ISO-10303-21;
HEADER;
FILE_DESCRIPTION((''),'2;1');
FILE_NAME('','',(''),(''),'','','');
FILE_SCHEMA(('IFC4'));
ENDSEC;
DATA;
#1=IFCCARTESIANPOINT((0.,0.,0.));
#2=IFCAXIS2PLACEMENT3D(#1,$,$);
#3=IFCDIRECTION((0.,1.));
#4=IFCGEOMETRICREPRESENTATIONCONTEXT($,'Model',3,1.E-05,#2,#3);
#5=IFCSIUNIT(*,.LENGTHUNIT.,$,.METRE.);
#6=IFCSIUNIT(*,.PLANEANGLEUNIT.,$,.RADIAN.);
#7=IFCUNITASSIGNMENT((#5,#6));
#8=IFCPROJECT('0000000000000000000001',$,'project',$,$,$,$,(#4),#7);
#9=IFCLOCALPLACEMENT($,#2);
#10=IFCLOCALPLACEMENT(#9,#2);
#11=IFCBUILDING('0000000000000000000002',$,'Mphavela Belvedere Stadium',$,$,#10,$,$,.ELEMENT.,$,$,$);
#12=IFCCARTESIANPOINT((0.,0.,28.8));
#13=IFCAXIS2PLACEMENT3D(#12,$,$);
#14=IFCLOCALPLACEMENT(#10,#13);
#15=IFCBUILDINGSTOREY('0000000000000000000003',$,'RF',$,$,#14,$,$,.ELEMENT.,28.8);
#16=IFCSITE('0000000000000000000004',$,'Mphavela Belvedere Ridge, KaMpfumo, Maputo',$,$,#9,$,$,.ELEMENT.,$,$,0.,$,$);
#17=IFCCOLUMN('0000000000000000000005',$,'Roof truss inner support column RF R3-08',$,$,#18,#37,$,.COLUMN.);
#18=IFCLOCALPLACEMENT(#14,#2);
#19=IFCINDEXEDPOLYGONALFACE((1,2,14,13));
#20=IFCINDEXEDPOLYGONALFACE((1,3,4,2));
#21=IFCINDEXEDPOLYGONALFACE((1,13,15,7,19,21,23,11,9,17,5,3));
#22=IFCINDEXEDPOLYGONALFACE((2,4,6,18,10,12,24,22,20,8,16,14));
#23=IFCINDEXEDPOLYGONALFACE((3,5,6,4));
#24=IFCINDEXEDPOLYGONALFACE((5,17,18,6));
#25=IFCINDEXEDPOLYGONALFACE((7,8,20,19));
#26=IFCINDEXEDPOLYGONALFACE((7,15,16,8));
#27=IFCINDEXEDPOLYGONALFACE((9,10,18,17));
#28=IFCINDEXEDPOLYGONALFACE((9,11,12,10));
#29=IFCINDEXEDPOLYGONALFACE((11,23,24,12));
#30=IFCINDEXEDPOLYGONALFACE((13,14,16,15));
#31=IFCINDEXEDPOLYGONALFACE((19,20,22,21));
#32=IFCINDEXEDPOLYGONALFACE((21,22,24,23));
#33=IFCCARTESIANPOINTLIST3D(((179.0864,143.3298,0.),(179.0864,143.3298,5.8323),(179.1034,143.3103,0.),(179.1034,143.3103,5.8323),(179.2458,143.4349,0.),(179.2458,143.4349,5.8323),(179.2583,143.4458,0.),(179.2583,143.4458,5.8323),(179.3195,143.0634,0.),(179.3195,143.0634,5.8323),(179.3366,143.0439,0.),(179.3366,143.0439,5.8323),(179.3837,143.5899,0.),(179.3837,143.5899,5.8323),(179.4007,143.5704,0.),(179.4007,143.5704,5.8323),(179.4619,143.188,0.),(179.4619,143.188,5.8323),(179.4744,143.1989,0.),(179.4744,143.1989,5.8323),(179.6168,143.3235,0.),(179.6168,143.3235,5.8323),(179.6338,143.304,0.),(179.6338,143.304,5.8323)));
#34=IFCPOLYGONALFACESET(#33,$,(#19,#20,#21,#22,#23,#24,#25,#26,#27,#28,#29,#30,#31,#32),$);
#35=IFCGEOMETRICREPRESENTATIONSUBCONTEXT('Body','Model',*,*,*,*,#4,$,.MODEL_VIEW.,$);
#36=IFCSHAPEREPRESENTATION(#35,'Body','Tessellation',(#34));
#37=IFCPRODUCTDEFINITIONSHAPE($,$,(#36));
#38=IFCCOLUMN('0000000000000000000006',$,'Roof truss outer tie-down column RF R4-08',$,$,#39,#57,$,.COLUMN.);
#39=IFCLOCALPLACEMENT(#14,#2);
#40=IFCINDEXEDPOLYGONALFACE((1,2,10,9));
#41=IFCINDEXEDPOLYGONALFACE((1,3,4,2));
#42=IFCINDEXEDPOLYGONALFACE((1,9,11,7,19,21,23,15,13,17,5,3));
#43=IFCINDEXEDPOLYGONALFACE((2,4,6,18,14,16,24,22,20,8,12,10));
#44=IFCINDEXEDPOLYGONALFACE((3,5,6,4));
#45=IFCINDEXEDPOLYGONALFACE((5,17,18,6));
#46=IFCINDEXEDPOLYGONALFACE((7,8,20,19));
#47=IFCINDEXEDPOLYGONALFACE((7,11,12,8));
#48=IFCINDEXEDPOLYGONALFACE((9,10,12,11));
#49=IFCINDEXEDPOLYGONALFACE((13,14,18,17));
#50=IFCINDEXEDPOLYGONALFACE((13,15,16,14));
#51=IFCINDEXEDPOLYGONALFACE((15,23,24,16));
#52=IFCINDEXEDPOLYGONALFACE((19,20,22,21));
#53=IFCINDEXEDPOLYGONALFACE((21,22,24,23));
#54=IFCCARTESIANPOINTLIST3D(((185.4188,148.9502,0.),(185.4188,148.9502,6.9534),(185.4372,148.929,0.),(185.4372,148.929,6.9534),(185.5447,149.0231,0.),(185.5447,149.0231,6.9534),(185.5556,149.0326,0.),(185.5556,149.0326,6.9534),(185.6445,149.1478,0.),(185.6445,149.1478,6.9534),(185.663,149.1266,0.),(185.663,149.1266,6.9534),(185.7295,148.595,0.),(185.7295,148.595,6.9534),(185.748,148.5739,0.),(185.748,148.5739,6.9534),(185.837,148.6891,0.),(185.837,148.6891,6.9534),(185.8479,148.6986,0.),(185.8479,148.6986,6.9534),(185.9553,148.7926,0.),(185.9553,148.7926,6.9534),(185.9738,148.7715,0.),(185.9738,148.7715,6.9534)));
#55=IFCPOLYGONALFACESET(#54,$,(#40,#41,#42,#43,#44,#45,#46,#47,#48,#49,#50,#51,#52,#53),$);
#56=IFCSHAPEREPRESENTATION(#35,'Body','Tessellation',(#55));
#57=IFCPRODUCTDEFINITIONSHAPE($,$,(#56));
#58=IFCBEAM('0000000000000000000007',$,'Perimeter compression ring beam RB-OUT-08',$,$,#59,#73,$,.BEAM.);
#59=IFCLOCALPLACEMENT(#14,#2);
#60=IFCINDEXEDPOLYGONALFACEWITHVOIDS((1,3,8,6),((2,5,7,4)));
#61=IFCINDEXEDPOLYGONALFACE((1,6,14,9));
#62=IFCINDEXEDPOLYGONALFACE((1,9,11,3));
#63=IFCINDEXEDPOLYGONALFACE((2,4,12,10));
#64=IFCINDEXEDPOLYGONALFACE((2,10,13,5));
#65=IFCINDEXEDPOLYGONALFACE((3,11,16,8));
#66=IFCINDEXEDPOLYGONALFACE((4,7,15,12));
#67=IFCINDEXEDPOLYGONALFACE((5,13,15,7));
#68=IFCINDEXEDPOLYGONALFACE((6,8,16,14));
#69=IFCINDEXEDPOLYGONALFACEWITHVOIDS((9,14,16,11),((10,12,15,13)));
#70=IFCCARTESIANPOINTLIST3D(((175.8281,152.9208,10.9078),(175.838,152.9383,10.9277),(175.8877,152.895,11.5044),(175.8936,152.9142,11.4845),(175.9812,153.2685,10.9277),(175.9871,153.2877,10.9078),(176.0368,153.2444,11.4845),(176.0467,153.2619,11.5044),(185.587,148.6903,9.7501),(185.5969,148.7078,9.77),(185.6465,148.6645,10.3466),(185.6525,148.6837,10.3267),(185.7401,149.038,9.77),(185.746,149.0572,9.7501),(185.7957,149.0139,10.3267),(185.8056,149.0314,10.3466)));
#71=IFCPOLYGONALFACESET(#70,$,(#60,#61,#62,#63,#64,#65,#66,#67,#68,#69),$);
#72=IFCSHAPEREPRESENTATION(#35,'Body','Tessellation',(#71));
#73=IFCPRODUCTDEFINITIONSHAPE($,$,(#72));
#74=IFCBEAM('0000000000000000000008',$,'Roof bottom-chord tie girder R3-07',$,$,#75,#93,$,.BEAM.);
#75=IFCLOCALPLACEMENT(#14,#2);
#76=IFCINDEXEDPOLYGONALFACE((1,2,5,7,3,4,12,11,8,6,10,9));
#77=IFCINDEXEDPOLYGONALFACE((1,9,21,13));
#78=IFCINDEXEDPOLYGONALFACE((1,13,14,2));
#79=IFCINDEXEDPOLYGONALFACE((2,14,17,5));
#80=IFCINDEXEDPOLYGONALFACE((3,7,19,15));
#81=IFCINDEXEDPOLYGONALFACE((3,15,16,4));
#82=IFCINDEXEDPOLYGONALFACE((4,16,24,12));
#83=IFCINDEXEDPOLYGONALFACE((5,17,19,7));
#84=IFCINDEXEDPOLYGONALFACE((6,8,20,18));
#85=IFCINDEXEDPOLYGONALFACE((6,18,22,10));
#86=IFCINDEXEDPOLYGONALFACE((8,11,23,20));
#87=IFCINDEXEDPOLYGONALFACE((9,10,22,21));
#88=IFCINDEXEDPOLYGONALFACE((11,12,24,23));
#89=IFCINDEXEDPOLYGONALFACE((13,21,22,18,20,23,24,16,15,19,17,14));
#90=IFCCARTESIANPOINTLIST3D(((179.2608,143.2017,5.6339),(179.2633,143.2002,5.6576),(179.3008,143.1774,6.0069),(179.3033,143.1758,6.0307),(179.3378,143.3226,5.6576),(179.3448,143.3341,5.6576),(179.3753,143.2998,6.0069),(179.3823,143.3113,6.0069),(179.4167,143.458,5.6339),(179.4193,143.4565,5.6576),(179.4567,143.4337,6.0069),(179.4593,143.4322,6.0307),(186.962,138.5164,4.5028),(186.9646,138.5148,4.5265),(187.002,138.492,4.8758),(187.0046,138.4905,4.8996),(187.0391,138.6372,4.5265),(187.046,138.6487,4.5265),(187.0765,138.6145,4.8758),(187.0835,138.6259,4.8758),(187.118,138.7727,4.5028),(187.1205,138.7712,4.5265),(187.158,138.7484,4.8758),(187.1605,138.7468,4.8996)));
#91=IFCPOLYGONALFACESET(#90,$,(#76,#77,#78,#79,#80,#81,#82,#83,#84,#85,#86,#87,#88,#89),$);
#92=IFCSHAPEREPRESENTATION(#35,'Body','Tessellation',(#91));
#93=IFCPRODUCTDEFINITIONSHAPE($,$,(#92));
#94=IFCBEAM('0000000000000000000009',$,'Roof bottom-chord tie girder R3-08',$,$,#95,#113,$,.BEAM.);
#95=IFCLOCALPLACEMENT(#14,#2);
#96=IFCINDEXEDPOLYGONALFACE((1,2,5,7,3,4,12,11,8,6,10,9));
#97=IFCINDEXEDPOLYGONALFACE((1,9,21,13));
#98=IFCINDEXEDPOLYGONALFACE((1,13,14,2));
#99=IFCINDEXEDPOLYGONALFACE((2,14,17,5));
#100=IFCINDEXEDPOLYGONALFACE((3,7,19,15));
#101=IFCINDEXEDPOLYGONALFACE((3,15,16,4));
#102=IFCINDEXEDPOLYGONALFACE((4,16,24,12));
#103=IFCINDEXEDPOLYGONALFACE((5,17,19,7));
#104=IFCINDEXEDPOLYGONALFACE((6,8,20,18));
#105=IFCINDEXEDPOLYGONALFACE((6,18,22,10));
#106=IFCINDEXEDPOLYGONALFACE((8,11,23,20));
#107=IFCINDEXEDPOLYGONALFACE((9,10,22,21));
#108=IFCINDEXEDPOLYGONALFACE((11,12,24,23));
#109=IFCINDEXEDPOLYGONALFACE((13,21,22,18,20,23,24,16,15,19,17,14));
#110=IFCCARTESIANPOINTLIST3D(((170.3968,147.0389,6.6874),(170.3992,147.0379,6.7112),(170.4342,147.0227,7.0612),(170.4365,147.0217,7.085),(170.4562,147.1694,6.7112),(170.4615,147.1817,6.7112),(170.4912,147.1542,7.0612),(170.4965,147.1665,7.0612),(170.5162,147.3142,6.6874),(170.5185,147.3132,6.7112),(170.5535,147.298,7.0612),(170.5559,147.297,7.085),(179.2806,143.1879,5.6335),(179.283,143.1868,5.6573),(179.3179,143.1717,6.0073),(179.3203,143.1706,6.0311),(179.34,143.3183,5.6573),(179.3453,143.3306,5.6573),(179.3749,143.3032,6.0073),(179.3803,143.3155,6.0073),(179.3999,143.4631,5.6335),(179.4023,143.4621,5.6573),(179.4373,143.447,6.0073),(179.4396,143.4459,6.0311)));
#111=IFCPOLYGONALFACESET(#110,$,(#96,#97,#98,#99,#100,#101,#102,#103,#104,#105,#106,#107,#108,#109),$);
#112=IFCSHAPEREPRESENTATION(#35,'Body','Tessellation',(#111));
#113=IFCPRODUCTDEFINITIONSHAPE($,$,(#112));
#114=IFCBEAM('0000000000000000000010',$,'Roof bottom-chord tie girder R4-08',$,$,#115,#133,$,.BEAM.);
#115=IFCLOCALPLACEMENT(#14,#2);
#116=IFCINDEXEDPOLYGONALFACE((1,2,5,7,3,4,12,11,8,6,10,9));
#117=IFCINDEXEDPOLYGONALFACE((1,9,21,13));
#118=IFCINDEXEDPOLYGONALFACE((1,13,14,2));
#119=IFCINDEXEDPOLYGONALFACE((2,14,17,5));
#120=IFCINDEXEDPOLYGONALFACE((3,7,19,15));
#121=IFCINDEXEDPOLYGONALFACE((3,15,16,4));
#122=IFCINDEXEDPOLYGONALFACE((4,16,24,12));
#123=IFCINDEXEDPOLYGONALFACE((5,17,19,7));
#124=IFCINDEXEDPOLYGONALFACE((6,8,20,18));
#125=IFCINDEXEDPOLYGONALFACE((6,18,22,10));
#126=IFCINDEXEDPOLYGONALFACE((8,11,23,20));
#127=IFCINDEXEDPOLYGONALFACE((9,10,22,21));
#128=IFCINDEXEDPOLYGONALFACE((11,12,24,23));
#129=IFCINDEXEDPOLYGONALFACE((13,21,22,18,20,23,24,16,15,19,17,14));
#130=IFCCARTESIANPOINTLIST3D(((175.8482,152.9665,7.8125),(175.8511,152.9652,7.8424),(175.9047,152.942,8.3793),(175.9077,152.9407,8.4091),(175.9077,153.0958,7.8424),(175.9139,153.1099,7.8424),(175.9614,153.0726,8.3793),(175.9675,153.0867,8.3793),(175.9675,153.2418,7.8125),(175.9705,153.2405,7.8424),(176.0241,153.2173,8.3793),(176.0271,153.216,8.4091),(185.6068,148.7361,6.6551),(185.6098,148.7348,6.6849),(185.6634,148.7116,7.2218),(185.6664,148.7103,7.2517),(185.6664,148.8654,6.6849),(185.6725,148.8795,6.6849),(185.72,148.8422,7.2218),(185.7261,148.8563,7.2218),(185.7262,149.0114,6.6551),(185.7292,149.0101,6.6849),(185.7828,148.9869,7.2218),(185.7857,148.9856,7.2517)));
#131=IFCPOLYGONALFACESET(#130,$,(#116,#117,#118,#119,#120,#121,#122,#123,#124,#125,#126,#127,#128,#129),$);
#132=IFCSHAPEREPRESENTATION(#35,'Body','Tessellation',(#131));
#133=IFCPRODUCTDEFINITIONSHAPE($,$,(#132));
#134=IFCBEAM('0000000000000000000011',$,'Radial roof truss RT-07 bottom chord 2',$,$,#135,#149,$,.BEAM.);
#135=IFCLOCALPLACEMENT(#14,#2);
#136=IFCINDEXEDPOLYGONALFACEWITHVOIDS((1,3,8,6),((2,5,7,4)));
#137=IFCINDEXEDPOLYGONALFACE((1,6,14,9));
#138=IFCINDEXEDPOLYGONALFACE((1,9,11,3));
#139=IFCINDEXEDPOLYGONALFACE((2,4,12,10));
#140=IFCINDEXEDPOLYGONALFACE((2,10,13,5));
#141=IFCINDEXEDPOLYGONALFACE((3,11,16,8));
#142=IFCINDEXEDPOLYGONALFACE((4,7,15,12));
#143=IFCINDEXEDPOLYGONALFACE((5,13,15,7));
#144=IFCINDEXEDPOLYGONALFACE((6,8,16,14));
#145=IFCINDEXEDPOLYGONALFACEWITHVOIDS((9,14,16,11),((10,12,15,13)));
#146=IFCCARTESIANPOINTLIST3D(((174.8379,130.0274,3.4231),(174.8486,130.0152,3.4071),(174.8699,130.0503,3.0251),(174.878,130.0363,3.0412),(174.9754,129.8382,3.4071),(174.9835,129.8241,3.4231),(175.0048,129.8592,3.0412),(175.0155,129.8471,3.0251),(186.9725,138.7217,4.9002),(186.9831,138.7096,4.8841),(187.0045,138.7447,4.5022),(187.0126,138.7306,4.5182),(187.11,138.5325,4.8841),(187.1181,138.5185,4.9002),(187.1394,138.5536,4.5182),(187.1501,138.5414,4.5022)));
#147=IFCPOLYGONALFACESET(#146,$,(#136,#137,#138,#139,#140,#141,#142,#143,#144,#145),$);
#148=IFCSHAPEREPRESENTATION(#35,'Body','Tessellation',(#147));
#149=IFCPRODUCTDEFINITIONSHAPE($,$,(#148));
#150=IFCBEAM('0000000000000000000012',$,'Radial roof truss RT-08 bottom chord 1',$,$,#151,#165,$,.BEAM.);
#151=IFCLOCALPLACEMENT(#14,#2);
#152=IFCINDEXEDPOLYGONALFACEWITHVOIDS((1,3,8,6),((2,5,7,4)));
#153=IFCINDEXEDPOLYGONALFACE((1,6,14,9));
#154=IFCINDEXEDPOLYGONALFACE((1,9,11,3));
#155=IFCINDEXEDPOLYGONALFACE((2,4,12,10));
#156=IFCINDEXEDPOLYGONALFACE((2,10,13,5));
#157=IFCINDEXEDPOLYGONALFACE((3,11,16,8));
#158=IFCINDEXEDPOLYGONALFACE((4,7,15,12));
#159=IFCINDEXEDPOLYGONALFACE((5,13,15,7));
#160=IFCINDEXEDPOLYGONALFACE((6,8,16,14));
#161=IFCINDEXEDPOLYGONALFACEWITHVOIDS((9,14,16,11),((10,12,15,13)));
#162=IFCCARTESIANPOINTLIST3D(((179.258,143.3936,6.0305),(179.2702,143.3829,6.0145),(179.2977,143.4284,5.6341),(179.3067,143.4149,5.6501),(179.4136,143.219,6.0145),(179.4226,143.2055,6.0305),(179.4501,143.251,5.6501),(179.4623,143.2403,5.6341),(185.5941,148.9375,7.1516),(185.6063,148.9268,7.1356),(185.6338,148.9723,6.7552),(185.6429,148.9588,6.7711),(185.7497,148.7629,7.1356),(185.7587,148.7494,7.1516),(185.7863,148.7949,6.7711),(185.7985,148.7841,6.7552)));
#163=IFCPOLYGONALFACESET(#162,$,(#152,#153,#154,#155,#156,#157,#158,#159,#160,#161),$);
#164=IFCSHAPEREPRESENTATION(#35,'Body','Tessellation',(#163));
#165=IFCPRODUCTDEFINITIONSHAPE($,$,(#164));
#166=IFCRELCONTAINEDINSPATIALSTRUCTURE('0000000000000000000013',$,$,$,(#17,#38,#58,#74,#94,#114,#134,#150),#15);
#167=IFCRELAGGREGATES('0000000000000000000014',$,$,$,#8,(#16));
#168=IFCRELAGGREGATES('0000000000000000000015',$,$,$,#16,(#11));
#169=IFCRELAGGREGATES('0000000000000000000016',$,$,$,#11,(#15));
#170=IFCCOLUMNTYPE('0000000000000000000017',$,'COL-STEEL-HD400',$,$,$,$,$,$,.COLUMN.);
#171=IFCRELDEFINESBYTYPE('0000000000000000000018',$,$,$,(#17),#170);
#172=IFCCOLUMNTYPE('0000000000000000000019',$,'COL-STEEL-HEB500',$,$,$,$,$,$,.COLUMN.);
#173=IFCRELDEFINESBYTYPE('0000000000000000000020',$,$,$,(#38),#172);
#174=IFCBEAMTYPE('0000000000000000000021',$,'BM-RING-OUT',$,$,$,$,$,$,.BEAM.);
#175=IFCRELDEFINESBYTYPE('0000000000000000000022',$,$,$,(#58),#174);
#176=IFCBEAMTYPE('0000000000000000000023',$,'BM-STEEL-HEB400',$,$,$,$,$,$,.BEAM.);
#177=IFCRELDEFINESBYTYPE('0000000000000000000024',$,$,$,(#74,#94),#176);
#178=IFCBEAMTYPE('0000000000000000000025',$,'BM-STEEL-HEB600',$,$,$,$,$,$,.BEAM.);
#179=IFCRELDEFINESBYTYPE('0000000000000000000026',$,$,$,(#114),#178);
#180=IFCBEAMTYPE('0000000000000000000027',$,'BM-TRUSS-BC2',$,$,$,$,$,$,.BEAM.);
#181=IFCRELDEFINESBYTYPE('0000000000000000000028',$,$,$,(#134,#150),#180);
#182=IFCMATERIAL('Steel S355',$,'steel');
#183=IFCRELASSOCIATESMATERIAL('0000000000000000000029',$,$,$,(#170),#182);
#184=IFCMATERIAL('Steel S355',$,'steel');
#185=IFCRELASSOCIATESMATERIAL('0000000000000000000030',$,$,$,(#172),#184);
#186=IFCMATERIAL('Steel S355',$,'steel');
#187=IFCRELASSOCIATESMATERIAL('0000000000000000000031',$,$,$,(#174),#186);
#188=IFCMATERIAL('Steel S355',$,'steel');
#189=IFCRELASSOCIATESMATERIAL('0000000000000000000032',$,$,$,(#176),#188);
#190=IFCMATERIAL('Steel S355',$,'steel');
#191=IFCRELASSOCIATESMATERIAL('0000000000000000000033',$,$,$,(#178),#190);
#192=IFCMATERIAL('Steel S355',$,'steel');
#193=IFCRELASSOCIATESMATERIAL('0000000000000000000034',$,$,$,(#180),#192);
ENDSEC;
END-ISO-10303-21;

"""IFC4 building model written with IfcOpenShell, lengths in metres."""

from ifc_helpers import new_model, si_unit, direction, frame, origin, origin_2d, place, context, subcontext, project, spatial, hollow_rectangle, i_section, extrude, material, material_profile, profile_set, type_object, element, save


model = new_model("IFC4")

# Units and contexts
model_context = context("Model", 3, precision=1e-05, world=origin(), true_north=direction((0.0, 1.0)))
body_context = subcontext(model_context, "Body", "Model", "MODEL_VIEW")
ifc_project = project(units=[si_unit("LENGTHUNIT", "METRE"), si_unit("PLANEANGLEUNIT", "RADIAN")], contexts=[model_context])

# Site, building, storey
site_placement = place(None, origin())
site = spatial("IfcSite", under=ifc_project, at=site_placement, Name="Mphavela Belvedere Ridge, KaMpfumo, Maputo", CompositionType="ELEMENT", RefElevation=0.0)
building_placement = place(site_placement, origin())
building = spatial("IfcBuilding", under=site, at=building_placement, Name="Mphavela Belvedere Stadium", CompositionType="ELEMENT")
storey_placement = place(building_placement, frame((0.0, 0.0, 28.8)))
storey = spatial("IfcBuildingStorey", under=building, at=storey_placement, Name="RF", CompositionType="ELEMENT", Elevation=28.8)

# Columns
ifc_material_1 = material(Name="Steel S355", Category="steel")
ifc_material_profile_1 = material_profile(ifc_material_1, i_section(OverallWidth=0.395, OverallDepth=0.3799, WebThickness=0.0166, FlangeThickness=0.0259, at=origin_2d()), Name="HD 400x237")
ifc_profile_set_1 = profile_set([ifc_material_profile_1], Name="Steel S355")
column_type_1 = type_object("IfcColumnType", Name="COL-STEEL-HD400", PredefinedType="COLUMN", material=ifc_profile_set_1)
column_1_placement = place(storey_placement, frame((179.3601, 143.3169, 0.0), z_axis=(0.0, 0.0, 1.0), x_axis=(0.75253, 0.658558, 0.0)))
element("IfcColumn", 1, at=column_1_placement, inside=storey, type_object=column_type_1, Name="Roof truss inner support column RF R3-08", PredefinedType="COLUMN", context=body_context, shape_type="SweptSolid", body=[
    extrude(i_section(OverallWidth=0.395, OverallDepth=0.3799, WebThickness=0.0166, FlangeThickness=0.0259, at=origin_2d()), origin(), (0.0, 0.0, 1.0), 5.8323),
])
ifc_material_2 = material(Name="Steel S355", Category="steel")
ifc_material_profile_2 = material_profile(ifc_material_2, i_section(OverallWidth=0.3, OverallDepth=0.5, WebThickness=0.0144, FlangeThickness=0.0281, at=origin_2d()), Name="HEB 500")
ifc_profile_set_2 = profile_set([ifc_material_profile_2], Name="Steel S355")
column_type_2 = type_object("IfcColumnType", Name="COL-STEEL-HEB500", PredefinedType="COLUMN", material=ifc_profile_set_2)
column_2_placement = place(storey_placement, frame((185.6963, 148.8608, 0.0), z_axis=(0.0, 0.0, 1.0), x_axis=(0.75253, 0.658558, 0.0)))
element("IfcColumn", 2, at=column_2_placement, inside=storey, type_object=column_type_2, Name="Roof truss outer tie-down column RF R4-08", PredefinedType="COLUMN", context=body_context, shape_type="SweptSolid", body=[
    extrude(i_section(OverallWidth=0.3, OverallDepth=0.5, WebThickness=0.0144, FlangeThickness=0.0281, at=origin_2d()), origin(), (0.0, 0.0, 1.0), 6.9534),
])

# Beams
ifc_material_3 = material(Name="Steel S355", Category="steel")
ifc_material_profile_3 = material_profile(ifc_material_3, hollow_rectangle(XDim=0.3999, YDim=0.6001, WallThickness=0.02, at=origin_2d()), Name="RHS 600x400x20")
ifc_profile_set_3 = profile_set([ifc_material_profile_3], Name="Steel S355")
beam_type_1 = type_object("IfcBeamType", Name="BM-RING-OUT", PredefinedType="BEAM", material=ifc_profile_set_3)
beam_1_placement = place(storey_placement, frame((185.6963, 148.8608, 10.0483), z_axis=(-0.912112, 0.395403, 0.108207), x_axis=(-0.397739, -0.917499, 0.0)))
element("IfcBeam", 3, at=beam_1_placement, inside=storey, type_object=beam_type_1, Name="Perimeter compression ring beam RB-OUT-08", PredefinedType="BEAM", context=body_context, shape_type="SweptSolid", body=[
    extrude(hollow_rectangle(XDim=0.3999, YDim=0.6001, WallThickness=0.02, at=origin_2d()), origin(), (0.0, 0.0, 1.0), 10.6992),
])
ifc_material_4 = material(Name="Steel S355", Category="steel")
ifc_material_profile_4 = material_profile(ifc_material_4, i_section(OverallWidth=0.3, OverallDepth=0.3999, WebThickness=0.0134, FlangeThickness=0.0239, at=origin_2d()), Name="HEB 400")
ifc_profile_set_4 = profile_set([ifc_material_profile_4], Name="Steel S355")
beam_type_2 = type_object("IfcBeamType", Name="BM-STEEL-HEB400", PredefinedType="BEAM", material=ifc_profile_set_4)
beam_2_placement = place(storey_placement, frame((187.0613, 138.6316, 4.7012), z_axis=(-0.847668, 0.515711, 0.124501), x_axis=(-0.519755, -0.854315, 0.0)))
element("IfcBeam", 4, at=beam_2_placement, inside=storey, type_object=beam_type_2, Name="Roof bottom-chord tie girder R3-07", PredefinedType="BEAM", context=body_context, shape_type="SweptSolid", body=[
    extrude(i_section(OverallWidth=0.3, OverallDepth=0.3999, WebThickness=0.0134, FlangeThickness=0.0239, at=origin_2d()), origin(), (0.0, 0.0, 1.0), 9.0852),
])
beam_3_placement = place(storey_placement, frame((179.3601, 143.3169, 5.8323), z_axis=(-0.912114, 0.395396, 0.108211), x_axis=(-0.397732, -0.917502, 0.0)))
element("IfcBeam", 5, at=beam_3_placement, inside=storey, type_object=beam_type_2, Name="Roof bottom-chord tie girder R3-08", PredefinedType="BEAM", context=body_context, shape_type="SweptSolid", body=[
    extrude(i_section(OverallWidth=0.3, OverallDepth=0.3999, WebThickness=0.0134, FlangeThickness=0.0239, at=origin_2d()), origin(), (0.0, 0.0, 1.0), 9.7397),
])
ifc_material_5 = material(Name="Steel S355", Category="steel")
ifc_material_profile_5 = material_profile(ifc_material_5, i_section(OverallWidth=0.3, OverallDepth=0.6001, WebThickness=0.0154, FlangeThickness=0.03, at=origin_2d()), Name="HEB 600")
ifc_profile_set_5 = profile_set([ifc_material_profile_5], Name="Steel S355")
beam_type_3 = type_object("IfcBeamType", Name="BM-STEEL-HEB600", PredefinedType="BEAM", material=ifc_profile_set_5)
beam_4_placement = place(storey_placement, frame((185.6963, 148.8608, 6.9534), z_axis=(-0.912114, 0.395404, 0.108184), x_axis=(-0.397739, -0.917499, 0.0)))
element("IfcBeam", 6, at=beam_4_placement, inside=storey, type_object=beam_type_3, Name="Roof bottom-chord tie girder R4-08", PredefinedType="BEAM", context=body_context, shape_type="SweptSolid", body=[
    extrude(i_section(OverallWidth=0.3, OverallDepth=0.6001, WebThickness=0.0154, FlangeThickness=0.03, at=origin_2d()), origin(), (0.0, 0.0, 1.0), 10.699),
])
ifc_material_6 = material(Name="Steel S355", Category="steel")
ifc_material_profile_6 = material_profile(ifc_material_6, hollow_rectangle(XDim=0.25, YDim=0.3999, WallThickness=0.0161, at=origin_2d()), Name="RHS 400x250x16")
ifc_profile_set_6 = profile_set([ifc_material_profile_6], Name="Steel S355")
beam_type_4 = type_object("IfcBeamType", Name="BM-TRUSS-BC2", PredefinedType="BEAM", material=ifc_profile_set_6)
beam_5_placement = place(storey_placement, frame((187.0613, 138.6316, 4.7012), z_axis=(-0.808933, -0.579597, -0.098466), x_axis=(0.582427, -0.812883, 0.0)))
element("IfcBeam", 7, at=beam_5_placement, inside=storey, type_object=beam_type_4, Name="Radial roof truss RT-07 bottom chord 2", PredefinedType="BEAM", context=body_context, shape_type="SweptSolid", body=[
    extrude(hollow_rectangle(XDim=0.25, YDim=0.3999, WallThickness=0.0161, at=origin_2d()), origin(), (0.0, 0.0, 1.0), 15.0007),
])
beam_6_placement = place(storey_placement, frame((185.6963, 148.8608, 6.9534), z_axis=(-0.746004, -0.652729, -0.131994), x_axis=(0.65849, -0.752589, 0.0)))
element("IfcBeam", 8, at=beam_6_placement, inside=storey, type_object=beam_type_4, Name="Radial roof truss RT-08 bottom chord 1", PredefinedType="BEAM", context=body_context, shape_type="SweptSolid", body=[
    extrude(hollow_rectangle(XDim=0.25, YDim=0.3999, WallThickness=0.0161, at=origin_2d()), origin(), (0.0, 0.0, 1.0), 8.4934),
])

save(model, "model.ifc")
